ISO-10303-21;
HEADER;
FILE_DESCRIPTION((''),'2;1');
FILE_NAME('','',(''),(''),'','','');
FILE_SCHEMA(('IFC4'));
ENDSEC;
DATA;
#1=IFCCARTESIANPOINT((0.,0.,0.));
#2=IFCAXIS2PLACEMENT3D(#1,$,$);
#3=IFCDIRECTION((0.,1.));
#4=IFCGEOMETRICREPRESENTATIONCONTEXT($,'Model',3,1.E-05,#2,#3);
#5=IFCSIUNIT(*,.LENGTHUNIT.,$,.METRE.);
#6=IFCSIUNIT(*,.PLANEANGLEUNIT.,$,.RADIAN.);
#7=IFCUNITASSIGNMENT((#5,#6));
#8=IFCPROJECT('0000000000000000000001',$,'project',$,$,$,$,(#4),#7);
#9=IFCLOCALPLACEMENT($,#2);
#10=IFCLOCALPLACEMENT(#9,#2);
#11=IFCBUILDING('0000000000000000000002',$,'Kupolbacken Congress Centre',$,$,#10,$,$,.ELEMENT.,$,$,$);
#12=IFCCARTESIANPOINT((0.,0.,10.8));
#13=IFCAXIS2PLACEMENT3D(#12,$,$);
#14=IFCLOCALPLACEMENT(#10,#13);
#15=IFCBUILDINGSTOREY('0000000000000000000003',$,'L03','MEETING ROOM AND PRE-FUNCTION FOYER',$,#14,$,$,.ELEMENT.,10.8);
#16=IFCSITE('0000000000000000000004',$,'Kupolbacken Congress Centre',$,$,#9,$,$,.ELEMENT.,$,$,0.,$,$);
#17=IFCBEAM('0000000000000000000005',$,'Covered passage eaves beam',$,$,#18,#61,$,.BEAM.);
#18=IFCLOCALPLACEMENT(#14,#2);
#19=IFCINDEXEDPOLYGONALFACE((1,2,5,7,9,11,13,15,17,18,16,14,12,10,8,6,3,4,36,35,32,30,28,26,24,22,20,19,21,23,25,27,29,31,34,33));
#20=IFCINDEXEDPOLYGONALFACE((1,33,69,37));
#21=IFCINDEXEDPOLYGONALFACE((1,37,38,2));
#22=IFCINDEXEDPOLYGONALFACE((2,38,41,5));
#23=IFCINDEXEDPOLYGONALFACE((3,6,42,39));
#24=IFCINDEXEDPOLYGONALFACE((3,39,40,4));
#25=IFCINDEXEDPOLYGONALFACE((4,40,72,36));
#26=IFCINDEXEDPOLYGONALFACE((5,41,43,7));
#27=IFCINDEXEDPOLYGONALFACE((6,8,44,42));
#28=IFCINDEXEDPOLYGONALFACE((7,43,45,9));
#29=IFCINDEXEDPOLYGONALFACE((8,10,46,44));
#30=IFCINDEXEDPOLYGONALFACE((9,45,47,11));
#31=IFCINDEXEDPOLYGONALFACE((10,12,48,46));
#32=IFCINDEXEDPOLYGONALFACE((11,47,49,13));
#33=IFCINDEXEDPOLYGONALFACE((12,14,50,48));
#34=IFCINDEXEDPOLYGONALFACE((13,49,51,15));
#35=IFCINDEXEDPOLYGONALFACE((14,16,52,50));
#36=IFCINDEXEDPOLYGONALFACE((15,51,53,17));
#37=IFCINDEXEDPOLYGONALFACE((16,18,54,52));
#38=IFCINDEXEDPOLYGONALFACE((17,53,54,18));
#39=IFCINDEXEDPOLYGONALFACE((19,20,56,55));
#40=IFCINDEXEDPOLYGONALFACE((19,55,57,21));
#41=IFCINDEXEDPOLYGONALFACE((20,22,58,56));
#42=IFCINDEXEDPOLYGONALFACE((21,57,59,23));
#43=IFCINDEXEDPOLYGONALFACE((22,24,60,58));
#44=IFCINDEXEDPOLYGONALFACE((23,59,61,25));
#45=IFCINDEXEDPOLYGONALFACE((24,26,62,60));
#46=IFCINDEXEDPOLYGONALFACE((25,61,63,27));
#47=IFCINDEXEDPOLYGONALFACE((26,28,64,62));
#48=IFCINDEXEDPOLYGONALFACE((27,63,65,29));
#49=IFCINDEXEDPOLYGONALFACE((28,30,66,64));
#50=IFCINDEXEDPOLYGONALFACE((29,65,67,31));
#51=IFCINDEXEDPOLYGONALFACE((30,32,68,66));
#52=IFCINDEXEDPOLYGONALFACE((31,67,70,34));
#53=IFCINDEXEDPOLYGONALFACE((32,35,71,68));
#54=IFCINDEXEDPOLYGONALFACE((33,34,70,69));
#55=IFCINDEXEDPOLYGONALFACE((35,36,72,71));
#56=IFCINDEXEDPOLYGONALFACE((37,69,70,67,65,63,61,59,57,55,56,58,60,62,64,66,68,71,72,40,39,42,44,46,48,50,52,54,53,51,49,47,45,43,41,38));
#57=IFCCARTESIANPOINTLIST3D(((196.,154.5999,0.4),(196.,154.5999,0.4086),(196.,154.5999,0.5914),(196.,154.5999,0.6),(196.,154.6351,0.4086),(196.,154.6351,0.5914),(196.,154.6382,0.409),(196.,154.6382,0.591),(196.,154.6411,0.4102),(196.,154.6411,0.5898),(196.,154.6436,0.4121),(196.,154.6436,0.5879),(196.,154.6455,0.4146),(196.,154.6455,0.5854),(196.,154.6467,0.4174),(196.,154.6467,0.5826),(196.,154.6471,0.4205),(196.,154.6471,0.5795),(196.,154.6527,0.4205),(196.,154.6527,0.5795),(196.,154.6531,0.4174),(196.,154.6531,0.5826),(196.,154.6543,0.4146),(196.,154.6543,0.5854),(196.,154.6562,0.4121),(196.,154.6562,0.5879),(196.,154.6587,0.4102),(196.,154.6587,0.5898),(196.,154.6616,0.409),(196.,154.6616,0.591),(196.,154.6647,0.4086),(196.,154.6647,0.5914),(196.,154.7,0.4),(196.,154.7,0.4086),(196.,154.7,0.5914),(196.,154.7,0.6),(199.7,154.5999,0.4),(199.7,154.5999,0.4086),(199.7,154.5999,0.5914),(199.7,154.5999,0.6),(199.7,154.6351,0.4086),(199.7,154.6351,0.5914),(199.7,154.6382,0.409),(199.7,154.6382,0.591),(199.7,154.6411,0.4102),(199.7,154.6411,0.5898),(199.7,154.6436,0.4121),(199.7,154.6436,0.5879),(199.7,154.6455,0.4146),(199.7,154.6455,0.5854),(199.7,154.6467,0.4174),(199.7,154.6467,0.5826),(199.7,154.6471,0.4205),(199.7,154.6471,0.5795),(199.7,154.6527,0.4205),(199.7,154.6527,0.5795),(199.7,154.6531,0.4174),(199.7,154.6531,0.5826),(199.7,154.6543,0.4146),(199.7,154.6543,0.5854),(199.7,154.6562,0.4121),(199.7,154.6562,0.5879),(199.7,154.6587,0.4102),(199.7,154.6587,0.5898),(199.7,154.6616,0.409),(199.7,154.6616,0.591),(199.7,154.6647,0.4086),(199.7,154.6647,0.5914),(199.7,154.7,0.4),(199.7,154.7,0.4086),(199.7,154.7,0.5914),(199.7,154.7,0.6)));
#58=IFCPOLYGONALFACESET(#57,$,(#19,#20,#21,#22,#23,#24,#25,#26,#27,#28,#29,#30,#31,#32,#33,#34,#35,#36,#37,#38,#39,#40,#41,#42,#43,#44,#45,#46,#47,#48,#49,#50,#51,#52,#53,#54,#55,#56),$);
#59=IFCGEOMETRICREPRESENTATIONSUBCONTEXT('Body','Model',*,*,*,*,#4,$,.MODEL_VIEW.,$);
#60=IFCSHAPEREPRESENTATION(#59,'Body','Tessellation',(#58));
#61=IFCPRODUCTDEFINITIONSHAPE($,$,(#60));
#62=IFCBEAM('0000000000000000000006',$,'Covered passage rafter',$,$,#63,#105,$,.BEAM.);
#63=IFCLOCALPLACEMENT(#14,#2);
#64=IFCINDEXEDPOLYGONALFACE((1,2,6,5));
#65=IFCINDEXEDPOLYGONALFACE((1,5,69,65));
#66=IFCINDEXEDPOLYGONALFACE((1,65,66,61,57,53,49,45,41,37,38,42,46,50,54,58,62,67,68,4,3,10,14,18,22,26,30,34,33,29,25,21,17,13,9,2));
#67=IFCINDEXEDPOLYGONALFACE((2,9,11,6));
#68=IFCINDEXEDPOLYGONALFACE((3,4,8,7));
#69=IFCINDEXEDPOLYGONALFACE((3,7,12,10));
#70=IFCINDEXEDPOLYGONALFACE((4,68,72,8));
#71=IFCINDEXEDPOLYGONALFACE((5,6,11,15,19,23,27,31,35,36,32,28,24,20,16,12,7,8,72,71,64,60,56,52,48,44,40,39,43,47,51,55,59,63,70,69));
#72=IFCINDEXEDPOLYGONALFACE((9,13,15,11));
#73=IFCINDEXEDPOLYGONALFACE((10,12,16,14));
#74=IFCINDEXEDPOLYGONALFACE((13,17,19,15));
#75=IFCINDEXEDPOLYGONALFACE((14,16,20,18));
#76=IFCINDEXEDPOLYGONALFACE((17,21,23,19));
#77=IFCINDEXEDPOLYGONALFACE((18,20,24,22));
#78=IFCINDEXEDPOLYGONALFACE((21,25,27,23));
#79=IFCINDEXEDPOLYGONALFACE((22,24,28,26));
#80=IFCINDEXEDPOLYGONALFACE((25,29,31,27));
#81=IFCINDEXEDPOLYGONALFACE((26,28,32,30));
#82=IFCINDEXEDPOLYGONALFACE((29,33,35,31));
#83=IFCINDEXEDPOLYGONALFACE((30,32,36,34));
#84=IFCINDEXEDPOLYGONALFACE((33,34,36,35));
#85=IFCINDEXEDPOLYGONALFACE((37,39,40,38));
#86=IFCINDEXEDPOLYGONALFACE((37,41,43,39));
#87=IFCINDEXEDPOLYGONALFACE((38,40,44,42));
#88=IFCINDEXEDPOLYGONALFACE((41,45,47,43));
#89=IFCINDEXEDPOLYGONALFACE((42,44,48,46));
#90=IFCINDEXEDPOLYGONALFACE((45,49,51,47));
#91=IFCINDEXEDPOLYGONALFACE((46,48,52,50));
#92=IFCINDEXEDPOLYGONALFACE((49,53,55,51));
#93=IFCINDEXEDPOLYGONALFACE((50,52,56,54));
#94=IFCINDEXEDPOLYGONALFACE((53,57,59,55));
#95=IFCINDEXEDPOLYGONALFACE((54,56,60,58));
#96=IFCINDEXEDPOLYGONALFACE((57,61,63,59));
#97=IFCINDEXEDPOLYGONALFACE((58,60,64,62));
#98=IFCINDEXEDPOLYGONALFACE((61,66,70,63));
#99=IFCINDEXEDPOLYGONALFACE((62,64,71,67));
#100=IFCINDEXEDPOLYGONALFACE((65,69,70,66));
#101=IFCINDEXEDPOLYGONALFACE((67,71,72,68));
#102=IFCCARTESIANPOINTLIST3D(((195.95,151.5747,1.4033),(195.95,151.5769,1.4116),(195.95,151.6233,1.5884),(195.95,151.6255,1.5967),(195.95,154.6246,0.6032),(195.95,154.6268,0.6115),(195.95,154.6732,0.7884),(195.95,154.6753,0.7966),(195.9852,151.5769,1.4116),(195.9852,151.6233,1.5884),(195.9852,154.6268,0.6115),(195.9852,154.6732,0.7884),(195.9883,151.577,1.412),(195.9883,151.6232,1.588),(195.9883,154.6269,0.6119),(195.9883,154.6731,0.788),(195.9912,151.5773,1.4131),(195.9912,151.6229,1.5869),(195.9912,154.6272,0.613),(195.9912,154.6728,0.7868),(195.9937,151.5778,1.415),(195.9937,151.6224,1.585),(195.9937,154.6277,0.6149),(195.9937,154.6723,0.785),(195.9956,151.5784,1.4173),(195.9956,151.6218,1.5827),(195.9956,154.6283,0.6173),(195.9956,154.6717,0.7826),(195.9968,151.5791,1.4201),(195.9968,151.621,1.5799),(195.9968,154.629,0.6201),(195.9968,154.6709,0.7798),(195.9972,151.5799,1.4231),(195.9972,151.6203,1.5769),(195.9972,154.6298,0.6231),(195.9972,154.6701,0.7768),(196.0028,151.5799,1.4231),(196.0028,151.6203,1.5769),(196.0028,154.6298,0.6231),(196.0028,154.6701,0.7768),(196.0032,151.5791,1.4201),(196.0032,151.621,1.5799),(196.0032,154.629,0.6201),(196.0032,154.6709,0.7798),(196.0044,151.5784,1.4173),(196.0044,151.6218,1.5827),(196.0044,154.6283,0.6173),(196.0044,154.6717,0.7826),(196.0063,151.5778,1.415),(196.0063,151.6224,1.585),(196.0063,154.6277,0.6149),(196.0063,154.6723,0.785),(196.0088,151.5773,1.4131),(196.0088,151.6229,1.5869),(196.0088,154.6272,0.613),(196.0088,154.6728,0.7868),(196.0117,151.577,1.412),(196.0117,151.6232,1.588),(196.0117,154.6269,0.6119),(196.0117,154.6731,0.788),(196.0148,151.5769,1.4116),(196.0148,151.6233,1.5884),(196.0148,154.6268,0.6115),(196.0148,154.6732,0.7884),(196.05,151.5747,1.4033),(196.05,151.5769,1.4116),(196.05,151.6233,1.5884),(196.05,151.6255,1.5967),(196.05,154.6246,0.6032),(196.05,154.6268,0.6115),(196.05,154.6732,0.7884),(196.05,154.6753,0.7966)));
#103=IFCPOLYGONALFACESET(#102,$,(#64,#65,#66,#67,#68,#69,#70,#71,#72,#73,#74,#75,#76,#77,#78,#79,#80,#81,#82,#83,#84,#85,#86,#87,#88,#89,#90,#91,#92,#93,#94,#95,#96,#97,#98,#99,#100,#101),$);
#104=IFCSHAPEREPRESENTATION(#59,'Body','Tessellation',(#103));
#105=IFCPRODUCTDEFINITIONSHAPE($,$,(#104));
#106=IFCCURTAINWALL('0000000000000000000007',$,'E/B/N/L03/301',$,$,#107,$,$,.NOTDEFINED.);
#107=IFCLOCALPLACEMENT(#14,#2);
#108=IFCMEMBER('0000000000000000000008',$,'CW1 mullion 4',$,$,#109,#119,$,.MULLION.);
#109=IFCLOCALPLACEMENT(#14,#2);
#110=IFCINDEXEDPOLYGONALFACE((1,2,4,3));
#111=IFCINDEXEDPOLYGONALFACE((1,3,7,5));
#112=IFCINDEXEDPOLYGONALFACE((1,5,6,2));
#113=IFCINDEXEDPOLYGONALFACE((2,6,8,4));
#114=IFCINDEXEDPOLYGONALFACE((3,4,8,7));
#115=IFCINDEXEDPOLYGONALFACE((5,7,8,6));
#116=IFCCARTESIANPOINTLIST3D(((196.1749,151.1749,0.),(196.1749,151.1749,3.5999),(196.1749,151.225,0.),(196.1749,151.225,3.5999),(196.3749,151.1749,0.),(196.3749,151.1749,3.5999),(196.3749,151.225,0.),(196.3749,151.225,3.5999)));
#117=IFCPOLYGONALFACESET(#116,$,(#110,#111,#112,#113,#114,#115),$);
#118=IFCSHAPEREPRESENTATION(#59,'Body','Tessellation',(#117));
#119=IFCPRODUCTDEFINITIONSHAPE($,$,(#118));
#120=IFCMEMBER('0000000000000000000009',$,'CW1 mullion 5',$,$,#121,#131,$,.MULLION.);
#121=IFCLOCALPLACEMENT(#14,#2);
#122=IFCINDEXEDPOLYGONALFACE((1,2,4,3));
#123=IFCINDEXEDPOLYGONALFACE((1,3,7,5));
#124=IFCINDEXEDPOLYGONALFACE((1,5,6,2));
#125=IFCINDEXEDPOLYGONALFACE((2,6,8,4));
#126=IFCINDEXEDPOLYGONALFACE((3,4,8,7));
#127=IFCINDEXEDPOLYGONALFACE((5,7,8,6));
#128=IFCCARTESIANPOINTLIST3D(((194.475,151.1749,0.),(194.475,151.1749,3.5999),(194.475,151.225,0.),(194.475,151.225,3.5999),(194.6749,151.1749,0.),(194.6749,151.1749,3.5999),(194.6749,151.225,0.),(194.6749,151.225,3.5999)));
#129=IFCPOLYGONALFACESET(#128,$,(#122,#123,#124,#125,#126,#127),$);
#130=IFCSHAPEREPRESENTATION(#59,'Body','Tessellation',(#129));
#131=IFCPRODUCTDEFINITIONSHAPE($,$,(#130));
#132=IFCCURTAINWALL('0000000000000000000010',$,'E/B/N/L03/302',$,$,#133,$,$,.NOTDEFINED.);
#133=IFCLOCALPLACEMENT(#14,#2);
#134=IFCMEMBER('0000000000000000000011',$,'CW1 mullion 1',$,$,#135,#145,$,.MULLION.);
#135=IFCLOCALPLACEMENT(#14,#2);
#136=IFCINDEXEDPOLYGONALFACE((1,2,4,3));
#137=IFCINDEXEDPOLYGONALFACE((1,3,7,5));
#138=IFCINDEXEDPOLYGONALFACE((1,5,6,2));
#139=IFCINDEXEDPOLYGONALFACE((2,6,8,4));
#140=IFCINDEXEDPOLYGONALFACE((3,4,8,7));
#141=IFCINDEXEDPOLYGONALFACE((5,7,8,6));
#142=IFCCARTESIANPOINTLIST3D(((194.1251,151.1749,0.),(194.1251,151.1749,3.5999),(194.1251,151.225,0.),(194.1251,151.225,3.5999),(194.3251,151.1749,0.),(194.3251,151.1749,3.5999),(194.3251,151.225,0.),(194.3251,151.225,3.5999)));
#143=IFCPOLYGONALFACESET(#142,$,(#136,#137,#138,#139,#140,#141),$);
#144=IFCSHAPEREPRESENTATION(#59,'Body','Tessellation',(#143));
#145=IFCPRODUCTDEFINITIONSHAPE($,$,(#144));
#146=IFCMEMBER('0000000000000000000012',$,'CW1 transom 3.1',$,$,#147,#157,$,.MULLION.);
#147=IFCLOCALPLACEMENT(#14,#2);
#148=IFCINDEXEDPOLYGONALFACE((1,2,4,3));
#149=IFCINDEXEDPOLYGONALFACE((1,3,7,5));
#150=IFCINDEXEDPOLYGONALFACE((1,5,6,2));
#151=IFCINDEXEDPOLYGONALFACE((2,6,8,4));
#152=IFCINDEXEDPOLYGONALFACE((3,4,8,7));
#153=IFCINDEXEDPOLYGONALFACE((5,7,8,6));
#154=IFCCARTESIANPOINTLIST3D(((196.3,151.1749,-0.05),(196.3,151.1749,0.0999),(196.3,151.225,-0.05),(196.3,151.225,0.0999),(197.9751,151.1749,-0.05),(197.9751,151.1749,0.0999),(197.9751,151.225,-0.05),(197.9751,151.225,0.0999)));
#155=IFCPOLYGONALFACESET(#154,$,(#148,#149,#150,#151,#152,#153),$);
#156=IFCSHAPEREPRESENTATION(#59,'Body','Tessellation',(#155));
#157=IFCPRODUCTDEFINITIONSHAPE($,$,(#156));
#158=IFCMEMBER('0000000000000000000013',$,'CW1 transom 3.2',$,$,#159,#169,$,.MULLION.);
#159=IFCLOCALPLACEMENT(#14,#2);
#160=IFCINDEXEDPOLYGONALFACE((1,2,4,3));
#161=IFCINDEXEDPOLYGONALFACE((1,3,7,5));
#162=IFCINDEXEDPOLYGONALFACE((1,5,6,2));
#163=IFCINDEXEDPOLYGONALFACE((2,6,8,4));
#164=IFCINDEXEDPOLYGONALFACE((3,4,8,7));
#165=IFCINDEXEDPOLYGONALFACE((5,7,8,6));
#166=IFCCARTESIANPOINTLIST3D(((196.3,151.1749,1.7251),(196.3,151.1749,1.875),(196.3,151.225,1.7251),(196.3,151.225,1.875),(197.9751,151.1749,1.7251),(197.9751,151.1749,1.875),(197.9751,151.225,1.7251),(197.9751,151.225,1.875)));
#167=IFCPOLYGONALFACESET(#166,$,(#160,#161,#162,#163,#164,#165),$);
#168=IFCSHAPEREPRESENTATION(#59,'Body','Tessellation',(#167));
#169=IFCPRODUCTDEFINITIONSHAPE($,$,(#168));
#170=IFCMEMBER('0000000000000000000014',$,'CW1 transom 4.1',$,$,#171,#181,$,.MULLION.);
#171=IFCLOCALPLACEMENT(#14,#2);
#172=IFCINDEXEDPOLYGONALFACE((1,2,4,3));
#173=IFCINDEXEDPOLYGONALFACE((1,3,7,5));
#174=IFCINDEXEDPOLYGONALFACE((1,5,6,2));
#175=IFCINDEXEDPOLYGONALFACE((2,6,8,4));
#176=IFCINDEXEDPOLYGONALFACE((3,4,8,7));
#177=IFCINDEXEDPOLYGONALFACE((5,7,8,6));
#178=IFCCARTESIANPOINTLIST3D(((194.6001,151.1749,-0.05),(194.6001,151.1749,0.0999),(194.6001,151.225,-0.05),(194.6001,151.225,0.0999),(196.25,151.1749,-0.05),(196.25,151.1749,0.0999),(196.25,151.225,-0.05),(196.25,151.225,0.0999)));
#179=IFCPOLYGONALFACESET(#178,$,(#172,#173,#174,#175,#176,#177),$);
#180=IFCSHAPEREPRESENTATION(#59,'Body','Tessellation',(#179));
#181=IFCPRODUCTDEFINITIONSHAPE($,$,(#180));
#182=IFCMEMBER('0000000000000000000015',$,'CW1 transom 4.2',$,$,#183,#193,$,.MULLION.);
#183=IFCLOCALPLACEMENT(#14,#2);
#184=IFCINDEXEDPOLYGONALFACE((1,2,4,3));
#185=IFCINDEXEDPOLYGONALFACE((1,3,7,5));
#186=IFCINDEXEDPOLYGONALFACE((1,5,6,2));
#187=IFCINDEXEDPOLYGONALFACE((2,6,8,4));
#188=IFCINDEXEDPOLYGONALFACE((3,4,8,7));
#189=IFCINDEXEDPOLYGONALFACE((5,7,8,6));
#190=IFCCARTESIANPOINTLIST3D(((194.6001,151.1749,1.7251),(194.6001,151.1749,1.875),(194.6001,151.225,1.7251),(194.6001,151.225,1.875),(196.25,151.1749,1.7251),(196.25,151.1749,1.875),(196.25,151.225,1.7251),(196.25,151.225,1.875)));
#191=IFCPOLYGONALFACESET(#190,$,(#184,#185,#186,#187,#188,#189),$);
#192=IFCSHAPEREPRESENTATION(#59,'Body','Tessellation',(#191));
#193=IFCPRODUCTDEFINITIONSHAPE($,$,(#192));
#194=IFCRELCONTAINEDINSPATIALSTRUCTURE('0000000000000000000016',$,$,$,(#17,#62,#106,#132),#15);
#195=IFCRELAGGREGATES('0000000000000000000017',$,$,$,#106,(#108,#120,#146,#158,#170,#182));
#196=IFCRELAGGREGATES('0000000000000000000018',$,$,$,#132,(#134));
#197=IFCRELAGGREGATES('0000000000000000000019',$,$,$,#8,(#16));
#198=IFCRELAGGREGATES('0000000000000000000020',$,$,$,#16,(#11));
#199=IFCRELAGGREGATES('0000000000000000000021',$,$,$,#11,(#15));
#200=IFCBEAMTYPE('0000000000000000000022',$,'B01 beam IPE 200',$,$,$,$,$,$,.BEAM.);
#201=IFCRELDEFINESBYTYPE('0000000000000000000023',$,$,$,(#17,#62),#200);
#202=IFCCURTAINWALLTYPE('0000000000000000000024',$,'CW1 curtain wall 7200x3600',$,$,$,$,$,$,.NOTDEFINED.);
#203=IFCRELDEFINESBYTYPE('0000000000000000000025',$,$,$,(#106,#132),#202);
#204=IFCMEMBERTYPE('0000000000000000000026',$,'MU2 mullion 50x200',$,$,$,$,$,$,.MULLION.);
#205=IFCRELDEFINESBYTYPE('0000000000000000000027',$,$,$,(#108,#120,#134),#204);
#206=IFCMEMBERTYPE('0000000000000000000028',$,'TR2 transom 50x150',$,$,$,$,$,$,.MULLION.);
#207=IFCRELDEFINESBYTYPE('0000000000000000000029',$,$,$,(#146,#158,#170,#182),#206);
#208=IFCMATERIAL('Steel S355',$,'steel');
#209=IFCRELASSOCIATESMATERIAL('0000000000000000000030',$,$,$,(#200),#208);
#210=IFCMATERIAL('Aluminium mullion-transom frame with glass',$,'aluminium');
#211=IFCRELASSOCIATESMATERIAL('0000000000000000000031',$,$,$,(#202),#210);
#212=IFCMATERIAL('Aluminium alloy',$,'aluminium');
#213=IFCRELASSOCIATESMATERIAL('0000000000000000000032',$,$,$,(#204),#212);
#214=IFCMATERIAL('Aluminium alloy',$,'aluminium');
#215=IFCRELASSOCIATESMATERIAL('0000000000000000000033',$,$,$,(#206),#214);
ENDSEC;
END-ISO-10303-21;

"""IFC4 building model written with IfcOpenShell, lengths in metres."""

from ifc_helpers import new_model, si_unit, direction, frame, origin, origin_2d, place, context, subcontext, project, spatial, rectangle, i_section, extrude, material, material_profile, profile_set, type_object, element, aggregate, save


model = new_model("IFC4")

# Units and contexts
model_context = context("Model", 3, precision=1e-05, world=origin(), true_north=direction((0.0, 1.0)))
body_context = subcontext(model_context, "Body", "Model", "MODEL_VIEW")
ifc_project = project(units=[si_unit("LENGTHUNIT", "METRE"), si_unit("PLANEANGLEUNIT", "RADIAN")], contexts=[model_context])

# Site, building, storey
site_placement = place(None, origin())
site = spatial("IfcSite", under=ifc_project, at=site_placement, Name="Kupolbacken Congress Centre", CompositionType="ELEMENT", RefElevation=0.0)
building_placement = place(site_placement, origin())
building = spatial("IfcBuilding", under=site, at=building_placement, Name="Kupolbacken Congress Centre", CompositionType="ELEMENT")
storey_placement = place(building_placement, frame((0.0, 0.0, 10.8)))
storey = spatial("IfcBuildingStorey", under=building, at=storey_placement, Name="L03", Description="MEETING ROOM AND PRE-FUNCTION FOYER", CompositionType="ELEMENT", Elevation=10.8)

# Beams
ifc_material_1 = material(Name="Steel S355", Category="steel")
ifc_material_profile_1 = material_profile(ifc_material_1, i_section(OverallWidth=0.1001, OverallDepth=0.2, WebThickness=0.0056, FlangeThickness=0.0085, FilletRadius=0.012, at=origin_2d()), Name="IPE 200")
ifc_profile_set_1 = profile_set([ifc_material_profile_1], Name="Steel S355")
beam_type = type_object("IfcBeamType", Name="B01 beam IPE 200", PredefinedType="BEAM", material=ifc_profile_set_1)
for number, where, z_axis, x_axis, name in (
    (1, (196.0, 154.6499, 0.5), (1.0, 0.0, 0.0), (0.0, 1.0, 0.0), "Covered passage eaves beam"),
):
    element("IfcBeam", number, at=place(storey_placement, frame(where, z_axis=z_axis, x_axis=x_axis)), inside=storey, type_object=beam_type, Name=name, PredefinedType="BEAM", context=body_context, shape_type="SweptSolid", body=[
        extrude(i_section(OverallWidth=0.1001, OverallDepth=0.2, WebThickness=0.0056, FlangeThickness=0.0085, FilletRadius=0.012, at=origin_2d()), origin(), (0.0, 0.0, 1.0), 3.7),
    ])
beam_placement = place(storey_placement, frame((196.0, 151.6001, 1.5), z_axis=(0.0, 0.967272, -0.253742), x_axis=(-1.0, 0.0, 0.0)))
element("IfcBeam", 2, at=beam_placement, inside=storey, type_object=beam_type, Name="Covered passage rafter", PredefinedType="BEAM", context=body_context, shape_type="SweptSolid", body=[
    extrude(i_section(OverallWidth=0.1001, OverallDepth=0.2, WebThickness=0.0056, FlangeThickness=0.0085, FilletRadius=0.012, at=origin_2d()), origin(), (0.0, 0.0, 1.0), 3.1531),
])

# Curtain wall, members
ifc_material_2 = material(Name="Aluminium mullion-transom frame with glass", Category="aluminium")
curtain_wall_type = type_object("IfcCurtainWallType", Name="CW1 curtain wall 7200x3600", PredefinedType="NOTDEFINED", material=ifc_material_2)
curtain_wall_1_placement = place(storey_placement, origin())
curtain_wall_1 = element("IfcCurtainWall", 3, at=curtain_wall_1_placement, inside=storey, type_object=curtain_wall_type, Name="E/B/N/L03/301", PredefinedType="NOTDEFINED")
ifc_material_3 = material(Name="Aluminium alloy", Category="aluminium")
ifc_material_profile_2 = material_profile(ifc_material_3, rectangle(XDim=0.05, YDim=0.2, at=origin_2d()), Name="50 x 200")
ifc_profile_set_2 = profile_set([ifc_material_profile_2], Name="Aluminium alloy")
member_type_1 = type_object("IfcMemberType", Name="MU2 mullion 50x200", PredefinedType="MULLION", material=ifc_profile_set_2)
member_1_placement = place(storey_placement, frame((196.2749, 151.2, 0.0), z_axis=(0.0, 0.0, 1.0), x_axis=(0.0, -1.0, 0.0)))
member_1 = element("IfcMember", 4, at=member_1_placement, type_object=member_type_1, Name="CW1 mullion 4", PredefinedType="MULLION", context=body_context, shape_type="SweptSolid", body=[
    extrude(rectangle(XDim=0.05, YDim=0.2, at=origin_2d()), origin(), (0.0, 0.0, 1.0), 3.5999),
])
member_2_placement = place(storey_placement, frame((194.575, 151.2, 0.0), z_axis=(0.0, 0.0, 1.0), x_axis=(0.0, -1.0, 0.0)))
member_2 = element("IfcMember", 5, at=member_2_placement, type_object=member_type_1, Name="CW1 mullion 5", PredefinedType="MULLION", context=body_context, shape_type="SweptSolid", body=[
    extrude(rectangle(XDim=0.05, YDim=0.2, at=origin_2d()), origin(), (0.0, 0.0, 1.0), 3.5999),
])

# Curtain wall, member
curtain_wall_2_placement = place(storey_placement, origin())
curtain_wall_2 = element("IfcCurtainWall", 6, at=curtain_wall_2_placement, inside=storey, type_object=curtain_wall_type, Name="E/B/N/L03/302", PredefinedType="NOTDEFINED")
member_3_placement = place(storey_placement, frame((194.2251, 151.2, 0.0), z_axis=(0.0, 0.0, 1.0), x_axis=(0.0, -1.0, 0.0)))
member_3 = element("IfcMember", 7, at=member_3_placement, type_object=member_type_1, Name="CW1 mullion 1", PredefinedType="MULLION", context=body_context, shape_type="SweptSolid", body=[
    extrude(rectangle(XDim=0.05, YDim=0.2, at=origin_2d()), origin(), (0.0, 0.0, 1.0), 3.5999),
])

# Members
ifc_material_4 = material(Name="Aluminium alloy", Category="aluminium")
ifc_material_profile_3 = material_profile(ifc_material_4, rectangle(XDim=0.05, YDim=0.1499, at=origin_2d()), Name="50 x 150")
ifc_profile_set_3 = profile_set([ifc_material_profile_3], Name="Aluminium alloy")
member_type_2 = type_object("IfcMemberType", Name="TR2 transom 50x150", PredefinedType="MULLION", material=ifc_profile_set_3)
member_4_placement = place(storey_placement, frame((197.9751, 151.2, 0.0249), z_axis=(-1.0, 0.0, 0.0), x_axis=(0.0, -1.0, 0.0)))
member_4 = element("IfcMember", 8, at=member_4_placement, type_object=member_type_2, Name="CW1 transom 3.1", PredefinedType="MULLION", context=body_context, shape_type="SweptSolid", body=[
    extrude(rectangle(XDim=0.05, YDim=0.1499, at=origin_2d()), origin(), (0.0, 0.0, 1.0), 1.675),
])
member_5_placement = place(storey_placement, frame((197.9751, 151.2, 1.8), z_axis=(-1.0, 0.0, 0.0), x_axis=(0.0, -1.0, 0.0)))
member_5 = element("IfcMember", 9, at=member_5_placement, type_object=member_type_2, Name="CW1 transom 3.2", PredefinedType="MULLION", context=body_context, shape_type="SweptSolid", body=[
    extrude(rectangle(XDim=0.05, YDim=0.1499, at=origin_2d()), origin(), (0.0, 0.0, 1.0), 1.675),
])
member_6_placement = place(storey_placement, frame((196.25, 151.2, 0.0249), z_axis=(-1.0, 0.0, 0.0), x_axis=(0.0, -1.0, 0.0)))
member_6 = element("IfcMember", 10, at=member_6_placement, type_object=member_type_2, Name="CW1 transom 4.1", PredefinedType="MULLION", context=body_context, shape_type="SweptSolid", body=[
    extrude(rectangle(XDim=0.05, YDim=0.1499, at=origin_2d()), origin(), (0.0, 0.0, 1.0), 1.6499),
])
member_7_placement = place(storey_placement, frame((196.25, 151.2, 1.8), z_axis=(-1.0, 0.0, 0.0), x_axis=(0.0, -1.0, 0.0)))
member_7 = element("IfcMember", 11, at=member_7_placement, type_object=member_type_2, Name="CW1 transom 4.2", PredefinedType="MULLION", context=body_context, shape_type="SweptSolid", body=[
    extrude(rectangle(XDim=0.05, YDim=0.1499, at=origin_2d()), origin(), (0.0, 0.0, 1.0), 1.6499),
])

aggregate(curtain_wall_1, [member_1, member_2, member_4, member_5, member_6, member_7])
aggregate(curtain_wall_2, [member_3])

save(model, "model.ifc")
